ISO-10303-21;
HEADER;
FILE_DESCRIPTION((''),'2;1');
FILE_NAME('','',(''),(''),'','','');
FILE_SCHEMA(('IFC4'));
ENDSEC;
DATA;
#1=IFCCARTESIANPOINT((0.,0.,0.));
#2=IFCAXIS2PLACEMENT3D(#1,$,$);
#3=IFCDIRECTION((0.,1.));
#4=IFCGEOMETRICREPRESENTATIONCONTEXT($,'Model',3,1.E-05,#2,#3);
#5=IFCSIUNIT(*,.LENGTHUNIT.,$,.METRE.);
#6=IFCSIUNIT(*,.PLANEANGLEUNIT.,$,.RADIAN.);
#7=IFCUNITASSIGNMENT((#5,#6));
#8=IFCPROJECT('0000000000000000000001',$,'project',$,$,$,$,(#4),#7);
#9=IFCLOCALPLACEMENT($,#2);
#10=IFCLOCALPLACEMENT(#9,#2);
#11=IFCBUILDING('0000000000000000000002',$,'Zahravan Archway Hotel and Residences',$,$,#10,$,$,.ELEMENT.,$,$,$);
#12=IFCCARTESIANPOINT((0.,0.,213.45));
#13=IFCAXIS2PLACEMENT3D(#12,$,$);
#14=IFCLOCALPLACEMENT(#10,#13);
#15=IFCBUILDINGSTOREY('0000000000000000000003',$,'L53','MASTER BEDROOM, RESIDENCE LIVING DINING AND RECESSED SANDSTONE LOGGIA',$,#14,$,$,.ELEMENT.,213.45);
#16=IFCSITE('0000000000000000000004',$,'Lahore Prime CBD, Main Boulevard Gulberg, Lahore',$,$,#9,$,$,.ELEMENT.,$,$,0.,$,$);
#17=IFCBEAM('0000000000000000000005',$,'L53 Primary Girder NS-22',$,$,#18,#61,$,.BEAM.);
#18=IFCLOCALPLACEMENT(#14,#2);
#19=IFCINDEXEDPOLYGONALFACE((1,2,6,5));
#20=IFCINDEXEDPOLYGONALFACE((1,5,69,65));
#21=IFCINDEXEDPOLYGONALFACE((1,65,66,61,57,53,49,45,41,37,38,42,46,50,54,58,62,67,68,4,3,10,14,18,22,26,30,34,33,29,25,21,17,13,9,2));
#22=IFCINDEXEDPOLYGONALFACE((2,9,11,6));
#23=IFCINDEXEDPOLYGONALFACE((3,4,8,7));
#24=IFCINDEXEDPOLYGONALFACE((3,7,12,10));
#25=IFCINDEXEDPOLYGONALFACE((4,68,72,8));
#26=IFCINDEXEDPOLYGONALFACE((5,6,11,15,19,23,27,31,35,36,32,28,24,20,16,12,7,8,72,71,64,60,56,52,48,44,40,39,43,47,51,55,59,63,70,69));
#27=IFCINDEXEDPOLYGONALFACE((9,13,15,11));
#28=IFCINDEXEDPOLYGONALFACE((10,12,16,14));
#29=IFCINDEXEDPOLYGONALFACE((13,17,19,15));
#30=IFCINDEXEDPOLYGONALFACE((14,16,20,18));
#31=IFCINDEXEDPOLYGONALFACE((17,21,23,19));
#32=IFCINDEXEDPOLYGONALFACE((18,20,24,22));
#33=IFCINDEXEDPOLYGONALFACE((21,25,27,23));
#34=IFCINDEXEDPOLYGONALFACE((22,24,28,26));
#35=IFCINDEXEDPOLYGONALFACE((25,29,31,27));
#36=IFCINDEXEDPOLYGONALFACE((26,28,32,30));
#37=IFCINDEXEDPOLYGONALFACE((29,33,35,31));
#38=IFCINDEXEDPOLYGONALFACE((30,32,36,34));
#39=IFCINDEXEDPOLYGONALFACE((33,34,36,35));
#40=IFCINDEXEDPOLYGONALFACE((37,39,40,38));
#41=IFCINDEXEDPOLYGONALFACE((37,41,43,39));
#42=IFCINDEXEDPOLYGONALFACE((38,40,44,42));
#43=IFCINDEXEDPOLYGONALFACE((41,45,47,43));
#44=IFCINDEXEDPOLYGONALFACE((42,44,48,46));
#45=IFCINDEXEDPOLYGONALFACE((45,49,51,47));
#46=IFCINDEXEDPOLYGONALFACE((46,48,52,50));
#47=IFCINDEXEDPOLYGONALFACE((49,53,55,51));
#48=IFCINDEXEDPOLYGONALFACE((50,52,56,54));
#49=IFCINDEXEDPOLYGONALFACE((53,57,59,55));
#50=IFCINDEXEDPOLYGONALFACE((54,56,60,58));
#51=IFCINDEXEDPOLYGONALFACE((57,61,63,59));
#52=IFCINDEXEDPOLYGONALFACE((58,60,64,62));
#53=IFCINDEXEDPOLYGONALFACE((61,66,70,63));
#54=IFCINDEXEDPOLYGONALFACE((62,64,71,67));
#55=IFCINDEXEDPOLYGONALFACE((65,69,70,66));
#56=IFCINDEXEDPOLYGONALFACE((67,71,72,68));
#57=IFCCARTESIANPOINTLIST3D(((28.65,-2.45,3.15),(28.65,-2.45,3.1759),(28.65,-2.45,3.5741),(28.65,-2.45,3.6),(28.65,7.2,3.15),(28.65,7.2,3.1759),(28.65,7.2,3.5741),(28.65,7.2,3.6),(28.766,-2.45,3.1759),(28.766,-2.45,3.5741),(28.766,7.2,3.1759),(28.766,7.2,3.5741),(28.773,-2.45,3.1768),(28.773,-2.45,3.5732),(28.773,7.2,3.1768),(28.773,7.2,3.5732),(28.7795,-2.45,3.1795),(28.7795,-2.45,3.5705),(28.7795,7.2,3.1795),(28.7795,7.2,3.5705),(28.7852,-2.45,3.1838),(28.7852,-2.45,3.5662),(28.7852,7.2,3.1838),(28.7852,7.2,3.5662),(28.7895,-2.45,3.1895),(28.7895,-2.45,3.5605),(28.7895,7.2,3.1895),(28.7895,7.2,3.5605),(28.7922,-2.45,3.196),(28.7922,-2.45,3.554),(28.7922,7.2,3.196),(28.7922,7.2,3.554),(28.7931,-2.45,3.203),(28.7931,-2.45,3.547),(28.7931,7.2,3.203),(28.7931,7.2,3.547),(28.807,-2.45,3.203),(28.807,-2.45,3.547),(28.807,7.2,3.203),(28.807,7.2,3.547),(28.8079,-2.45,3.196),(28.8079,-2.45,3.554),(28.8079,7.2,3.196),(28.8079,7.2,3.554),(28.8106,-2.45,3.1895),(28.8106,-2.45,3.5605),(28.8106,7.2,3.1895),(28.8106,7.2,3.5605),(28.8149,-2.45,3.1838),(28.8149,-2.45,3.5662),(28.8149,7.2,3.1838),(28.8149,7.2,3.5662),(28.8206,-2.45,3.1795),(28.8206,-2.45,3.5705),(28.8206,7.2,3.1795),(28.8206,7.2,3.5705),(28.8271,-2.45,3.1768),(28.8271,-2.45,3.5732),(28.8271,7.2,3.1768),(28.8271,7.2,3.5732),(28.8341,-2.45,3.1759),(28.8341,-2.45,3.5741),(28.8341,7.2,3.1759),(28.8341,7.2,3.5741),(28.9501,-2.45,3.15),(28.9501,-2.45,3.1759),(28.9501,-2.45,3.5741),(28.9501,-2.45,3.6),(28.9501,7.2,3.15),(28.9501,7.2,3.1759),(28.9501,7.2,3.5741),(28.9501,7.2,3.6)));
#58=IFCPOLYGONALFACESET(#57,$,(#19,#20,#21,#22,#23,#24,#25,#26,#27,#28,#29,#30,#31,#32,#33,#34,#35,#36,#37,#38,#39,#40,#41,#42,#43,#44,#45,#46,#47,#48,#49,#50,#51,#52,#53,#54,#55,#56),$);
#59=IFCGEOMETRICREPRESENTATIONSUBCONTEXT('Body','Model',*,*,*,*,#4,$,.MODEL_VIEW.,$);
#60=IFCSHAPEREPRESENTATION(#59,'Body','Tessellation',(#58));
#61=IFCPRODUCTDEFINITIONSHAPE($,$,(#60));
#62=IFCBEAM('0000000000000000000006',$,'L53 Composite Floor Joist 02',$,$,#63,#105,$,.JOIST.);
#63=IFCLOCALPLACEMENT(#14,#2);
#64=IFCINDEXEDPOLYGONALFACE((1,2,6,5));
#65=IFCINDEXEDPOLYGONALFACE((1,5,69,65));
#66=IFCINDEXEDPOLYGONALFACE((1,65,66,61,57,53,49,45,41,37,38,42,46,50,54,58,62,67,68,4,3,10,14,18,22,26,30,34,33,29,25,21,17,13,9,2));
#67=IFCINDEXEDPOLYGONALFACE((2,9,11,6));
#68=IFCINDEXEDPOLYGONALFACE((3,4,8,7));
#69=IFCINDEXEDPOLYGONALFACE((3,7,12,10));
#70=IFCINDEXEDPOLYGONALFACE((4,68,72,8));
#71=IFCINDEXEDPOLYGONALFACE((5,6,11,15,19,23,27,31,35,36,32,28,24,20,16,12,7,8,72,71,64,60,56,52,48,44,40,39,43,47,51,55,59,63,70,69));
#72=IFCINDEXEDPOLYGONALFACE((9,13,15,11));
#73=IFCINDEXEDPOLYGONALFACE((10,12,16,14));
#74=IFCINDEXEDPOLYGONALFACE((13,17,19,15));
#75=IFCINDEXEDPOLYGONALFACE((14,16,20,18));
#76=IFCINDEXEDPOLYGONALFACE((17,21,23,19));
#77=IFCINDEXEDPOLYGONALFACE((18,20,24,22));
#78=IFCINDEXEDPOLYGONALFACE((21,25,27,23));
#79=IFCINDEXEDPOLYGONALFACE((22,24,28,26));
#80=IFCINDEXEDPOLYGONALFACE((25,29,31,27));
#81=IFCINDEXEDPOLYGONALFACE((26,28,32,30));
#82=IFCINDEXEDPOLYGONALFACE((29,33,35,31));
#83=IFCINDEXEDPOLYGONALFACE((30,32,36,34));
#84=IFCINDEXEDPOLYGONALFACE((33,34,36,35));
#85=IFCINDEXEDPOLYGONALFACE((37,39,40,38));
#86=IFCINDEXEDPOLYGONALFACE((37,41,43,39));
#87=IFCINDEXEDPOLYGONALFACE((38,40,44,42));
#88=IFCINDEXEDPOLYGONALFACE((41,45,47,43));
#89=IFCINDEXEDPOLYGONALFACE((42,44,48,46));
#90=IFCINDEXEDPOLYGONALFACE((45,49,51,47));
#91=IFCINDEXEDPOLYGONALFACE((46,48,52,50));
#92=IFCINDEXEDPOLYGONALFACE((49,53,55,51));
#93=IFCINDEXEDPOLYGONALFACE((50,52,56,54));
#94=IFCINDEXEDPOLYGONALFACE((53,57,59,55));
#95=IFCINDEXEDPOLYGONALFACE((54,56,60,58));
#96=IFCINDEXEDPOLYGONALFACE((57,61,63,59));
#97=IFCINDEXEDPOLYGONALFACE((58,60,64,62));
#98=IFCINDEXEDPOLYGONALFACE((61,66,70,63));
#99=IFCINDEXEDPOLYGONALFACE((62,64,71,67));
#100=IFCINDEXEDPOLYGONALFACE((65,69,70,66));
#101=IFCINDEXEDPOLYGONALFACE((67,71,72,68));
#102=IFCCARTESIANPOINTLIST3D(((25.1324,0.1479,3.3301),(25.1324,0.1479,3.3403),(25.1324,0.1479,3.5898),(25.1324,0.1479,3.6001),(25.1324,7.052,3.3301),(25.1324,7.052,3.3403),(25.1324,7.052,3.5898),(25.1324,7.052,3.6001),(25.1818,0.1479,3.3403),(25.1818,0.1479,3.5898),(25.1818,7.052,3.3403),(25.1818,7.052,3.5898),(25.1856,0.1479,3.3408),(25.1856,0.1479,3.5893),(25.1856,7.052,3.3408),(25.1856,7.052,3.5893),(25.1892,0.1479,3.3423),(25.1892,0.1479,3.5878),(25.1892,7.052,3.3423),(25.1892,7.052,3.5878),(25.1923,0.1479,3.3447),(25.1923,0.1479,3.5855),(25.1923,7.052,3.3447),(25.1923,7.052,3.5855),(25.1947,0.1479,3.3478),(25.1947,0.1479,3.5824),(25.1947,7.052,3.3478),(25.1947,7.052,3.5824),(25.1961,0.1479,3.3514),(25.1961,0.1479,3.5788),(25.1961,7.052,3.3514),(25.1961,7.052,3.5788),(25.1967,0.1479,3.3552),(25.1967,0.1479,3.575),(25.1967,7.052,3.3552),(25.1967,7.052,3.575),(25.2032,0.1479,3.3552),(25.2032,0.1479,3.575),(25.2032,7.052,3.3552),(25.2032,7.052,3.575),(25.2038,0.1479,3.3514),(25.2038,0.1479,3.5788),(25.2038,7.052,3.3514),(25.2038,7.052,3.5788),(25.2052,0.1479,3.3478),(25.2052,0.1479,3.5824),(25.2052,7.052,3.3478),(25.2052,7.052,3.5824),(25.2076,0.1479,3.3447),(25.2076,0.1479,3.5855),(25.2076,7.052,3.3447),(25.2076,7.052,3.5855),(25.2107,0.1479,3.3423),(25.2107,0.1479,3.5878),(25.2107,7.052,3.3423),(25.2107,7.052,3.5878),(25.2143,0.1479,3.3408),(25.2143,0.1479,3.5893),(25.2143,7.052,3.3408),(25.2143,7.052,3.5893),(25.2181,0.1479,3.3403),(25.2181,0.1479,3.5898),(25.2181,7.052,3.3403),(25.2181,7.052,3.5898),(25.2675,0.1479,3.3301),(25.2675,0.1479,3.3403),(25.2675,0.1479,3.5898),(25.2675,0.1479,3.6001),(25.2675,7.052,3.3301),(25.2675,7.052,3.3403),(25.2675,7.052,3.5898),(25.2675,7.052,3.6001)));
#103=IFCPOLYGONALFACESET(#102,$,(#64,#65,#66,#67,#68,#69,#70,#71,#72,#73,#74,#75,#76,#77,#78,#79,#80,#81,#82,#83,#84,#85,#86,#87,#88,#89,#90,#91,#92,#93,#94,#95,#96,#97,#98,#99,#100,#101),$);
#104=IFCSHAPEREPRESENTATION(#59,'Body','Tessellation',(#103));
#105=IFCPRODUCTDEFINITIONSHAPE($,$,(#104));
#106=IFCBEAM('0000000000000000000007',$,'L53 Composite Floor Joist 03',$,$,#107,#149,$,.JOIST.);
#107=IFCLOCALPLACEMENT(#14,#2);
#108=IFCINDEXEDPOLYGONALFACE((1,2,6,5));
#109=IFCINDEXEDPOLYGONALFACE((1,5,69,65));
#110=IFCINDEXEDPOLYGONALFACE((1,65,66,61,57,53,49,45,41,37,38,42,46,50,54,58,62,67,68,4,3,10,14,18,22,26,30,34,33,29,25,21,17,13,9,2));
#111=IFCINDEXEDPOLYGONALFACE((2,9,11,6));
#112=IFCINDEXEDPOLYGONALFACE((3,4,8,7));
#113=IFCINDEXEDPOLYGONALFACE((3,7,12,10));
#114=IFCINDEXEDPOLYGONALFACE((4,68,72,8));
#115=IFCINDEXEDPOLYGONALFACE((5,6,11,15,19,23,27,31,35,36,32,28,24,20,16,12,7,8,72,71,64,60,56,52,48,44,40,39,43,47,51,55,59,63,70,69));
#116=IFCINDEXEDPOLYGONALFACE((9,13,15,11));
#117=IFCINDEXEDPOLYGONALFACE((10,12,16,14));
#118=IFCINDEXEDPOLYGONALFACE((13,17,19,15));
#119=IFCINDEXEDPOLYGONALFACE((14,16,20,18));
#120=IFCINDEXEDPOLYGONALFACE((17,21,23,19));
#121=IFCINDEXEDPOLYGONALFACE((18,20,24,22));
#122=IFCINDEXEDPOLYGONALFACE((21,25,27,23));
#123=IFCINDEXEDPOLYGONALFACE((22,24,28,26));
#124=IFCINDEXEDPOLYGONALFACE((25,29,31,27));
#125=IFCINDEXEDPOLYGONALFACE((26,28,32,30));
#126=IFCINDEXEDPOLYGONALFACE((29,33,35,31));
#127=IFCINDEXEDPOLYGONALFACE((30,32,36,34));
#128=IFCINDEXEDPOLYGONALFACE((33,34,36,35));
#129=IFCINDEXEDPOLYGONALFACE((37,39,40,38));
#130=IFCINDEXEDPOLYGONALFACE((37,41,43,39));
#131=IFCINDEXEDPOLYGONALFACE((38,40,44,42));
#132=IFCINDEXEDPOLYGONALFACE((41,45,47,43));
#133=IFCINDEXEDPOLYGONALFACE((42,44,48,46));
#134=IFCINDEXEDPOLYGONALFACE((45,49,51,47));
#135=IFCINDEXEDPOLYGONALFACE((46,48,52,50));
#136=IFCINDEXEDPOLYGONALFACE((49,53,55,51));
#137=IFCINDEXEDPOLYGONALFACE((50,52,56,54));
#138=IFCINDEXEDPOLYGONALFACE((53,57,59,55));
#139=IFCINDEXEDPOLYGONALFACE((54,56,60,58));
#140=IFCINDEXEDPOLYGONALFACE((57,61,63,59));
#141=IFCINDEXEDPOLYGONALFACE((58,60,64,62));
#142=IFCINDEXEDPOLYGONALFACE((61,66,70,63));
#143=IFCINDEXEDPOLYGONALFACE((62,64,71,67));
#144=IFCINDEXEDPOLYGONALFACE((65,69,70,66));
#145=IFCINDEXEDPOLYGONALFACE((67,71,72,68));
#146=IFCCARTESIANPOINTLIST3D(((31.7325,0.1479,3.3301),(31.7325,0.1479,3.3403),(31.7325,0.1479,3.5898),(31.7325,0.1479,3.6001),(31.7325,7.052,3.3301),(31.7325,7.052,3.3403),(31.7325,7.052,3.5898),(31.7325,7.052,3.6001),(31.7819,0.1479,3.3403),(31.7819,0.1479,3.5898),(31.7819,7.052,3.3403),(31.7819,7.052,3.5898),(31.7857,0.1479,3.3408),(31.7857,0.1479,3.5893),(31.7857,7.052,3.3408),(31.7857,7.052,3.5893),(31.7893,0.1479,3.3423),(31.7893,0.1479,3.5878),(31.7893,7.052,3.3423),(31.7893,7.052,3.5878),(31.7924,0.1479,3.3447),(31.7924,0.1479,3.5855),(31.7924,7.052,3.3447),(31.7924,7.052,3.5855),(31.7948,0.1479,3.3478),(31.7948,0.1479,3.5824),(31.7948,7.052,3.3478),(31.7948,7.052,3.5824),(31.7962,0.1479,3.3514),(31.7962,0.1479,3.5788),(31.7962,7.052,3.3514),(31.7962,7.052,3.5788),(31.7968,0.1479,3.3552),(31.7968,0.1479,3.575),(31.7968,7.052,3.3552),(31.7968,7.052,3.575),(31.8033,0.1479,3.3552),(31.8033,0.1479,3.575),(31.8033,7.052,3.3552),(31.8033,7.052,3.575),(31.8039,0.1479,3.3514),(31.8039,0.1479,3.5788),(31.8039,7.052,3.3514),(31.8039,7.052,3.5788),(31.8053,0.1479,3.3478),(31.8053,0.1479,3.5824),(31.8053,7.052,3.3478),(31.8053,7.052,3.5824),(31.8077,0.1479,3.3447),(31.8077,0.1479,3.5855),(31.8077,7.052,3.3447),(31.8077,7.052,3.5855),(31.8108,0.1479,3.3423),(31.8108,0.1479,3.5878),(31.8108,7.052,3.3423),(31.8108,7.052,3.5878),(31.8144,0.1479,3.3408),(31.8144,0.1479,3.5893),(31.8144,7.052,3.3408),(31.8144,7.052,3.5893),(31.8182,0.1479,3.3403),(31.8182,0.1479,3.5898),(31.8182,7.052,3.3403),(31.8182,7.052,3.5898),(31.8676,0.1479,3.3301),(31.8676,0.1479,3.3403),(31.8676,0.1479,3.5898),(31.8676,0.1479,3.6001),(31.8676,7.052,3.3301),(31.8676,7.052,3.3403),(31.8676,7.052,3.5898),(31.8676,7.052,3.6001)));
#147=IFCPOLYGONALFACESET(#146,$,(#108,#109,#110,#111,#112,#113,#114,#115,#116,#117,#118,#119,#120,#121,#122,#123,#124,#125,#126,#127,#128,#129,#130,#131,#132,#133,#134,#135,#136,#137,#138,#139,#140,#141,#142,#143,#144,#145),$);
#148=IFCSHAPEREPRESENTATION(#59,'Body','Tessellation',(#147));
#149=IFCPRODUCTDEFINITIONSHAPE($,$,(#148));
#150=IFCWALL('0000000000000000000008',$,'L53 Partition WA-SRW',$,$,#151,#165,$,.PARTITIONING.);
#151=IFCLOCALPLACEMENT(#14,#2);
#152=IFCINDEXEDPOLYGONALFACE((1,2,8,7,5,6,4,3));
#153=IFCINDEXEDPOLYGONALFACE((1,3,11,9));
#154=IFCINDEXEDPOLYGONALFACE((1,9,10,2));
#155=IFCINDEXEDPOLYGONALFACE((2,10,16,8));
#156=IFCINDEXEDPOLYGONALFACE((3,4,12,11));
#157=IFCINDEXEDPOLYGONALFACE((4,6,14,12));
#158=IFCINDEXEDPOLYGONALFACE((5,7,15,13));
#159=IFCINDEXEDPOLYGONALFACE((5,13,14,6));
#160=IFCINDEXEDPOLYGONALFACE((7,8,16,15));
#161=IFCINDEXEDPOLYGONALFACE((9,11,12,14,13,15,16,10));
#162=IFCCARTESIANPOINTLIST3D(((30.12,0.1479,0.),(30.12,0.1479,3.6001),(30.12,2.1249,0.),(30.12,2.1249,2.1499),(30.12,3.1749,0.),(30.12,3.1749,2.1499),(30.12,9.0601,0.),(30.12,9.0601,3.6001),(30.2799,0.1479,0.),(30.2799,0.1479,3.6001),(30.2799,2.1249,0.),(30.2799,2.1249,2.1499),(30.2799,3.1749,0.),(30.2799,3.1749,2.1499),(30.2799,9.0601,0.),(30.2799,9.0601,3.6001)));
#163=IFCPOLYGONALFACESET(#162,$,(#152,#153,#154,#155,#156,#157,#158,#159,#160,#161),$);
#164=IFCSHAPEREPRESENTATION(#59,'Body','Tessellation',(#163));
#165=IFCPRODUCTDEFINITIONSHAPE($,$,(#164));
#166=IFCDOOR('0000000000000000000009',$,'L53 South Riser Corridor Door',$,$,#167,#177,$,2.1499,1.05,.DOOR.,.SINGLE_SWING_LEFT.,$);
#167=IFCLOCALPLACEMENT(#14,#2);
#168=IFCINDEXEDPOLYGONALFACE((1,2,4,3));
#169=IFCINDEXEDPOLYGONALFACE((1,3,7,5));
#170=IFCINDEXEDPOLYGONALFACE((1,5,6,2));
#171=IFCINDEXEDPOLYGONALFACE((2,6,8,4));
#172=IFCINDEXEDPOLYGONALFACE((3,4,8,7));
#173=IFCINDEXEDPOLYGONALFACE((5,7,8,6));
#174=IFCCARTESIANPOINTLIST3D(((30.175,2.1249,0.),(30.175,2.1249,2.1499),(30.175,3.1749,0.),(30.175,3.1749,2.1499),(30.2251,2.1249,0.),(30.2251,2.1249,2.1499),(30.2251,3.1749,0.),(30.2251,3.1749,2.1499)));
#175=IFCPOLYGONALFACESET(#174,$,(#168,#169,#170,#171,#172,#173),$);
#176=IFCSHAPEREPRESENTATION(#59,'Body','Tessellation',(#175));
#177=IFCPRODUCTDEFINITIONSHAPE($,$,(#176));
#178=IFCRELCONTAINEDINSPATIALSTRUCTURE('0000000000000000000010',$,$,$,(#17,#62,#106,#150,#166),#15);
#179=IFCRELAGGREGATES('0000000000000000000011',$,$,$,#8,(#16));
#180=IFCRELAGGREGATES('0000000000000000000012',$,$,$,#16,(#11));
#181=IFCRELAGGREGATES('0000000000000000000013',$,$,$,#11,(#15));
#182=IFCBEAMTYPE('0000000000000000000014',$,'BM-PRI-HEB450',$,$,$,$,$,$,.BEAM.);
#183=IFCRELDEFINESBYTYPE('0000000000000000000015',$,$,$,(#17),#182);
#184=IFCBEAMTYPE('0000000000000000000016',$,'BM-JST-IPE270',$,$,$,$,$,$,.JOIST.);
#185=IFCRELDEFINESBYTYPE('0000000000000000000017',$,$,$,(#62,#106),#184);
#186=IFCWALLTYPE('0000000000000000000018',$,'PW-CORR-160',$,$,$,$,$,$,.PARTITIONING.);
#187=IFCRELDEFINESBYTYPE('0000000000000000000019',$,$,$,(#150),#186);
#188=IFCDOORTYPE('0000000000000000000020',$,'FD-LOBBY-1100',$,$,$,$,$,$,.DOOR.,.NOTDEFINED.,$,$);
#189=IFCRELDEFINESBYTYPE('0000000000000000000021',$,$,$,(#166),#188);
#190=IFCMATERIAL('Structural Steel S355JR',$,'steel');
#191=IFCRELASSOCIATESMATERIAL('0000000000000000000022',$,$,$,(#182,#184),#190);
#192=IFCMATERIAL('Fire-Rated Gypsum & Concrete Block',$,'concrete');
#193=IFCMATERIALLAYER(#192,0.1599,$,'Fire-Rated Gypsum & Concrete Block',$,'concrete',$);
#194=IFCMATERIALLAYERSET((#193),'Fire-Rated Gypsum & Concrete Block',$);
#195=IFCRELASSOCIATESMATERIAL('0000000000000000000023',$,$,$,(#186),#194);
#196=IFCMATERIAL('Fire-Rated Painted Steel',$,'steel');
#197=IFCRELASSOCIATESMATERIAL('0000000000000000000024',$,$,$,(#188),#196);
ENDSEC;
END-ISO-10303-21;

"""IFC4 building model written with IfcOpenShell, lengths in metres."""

from ifc_helpers import new_model, si_unit, direction, frame, frame_2d, origin, origin_2d, place, context, subcontext, project, spatial, rectangle, i_section, extrude, source, transform, mapped, material, layer, layer_set, material_profile, profile_set, type_object, type_shapes, element, fill, save


model = new_model("IFC4")

# Units and contexts
model_context = context("Model", 3, precision=1e-05, world=origin(), true_north=direction((0.0, 1.0)))
body_context = subcontext(model_context, "Body", "Model", "MODEL_VIEW")
ifc_project = project(units=[si_unit("LENGTHUNIT", "METRE"), si_unit("PLANEANGLEUNIT", "RADIAN")], contexts=[model_context])

# Site, building, storey
site_placement = place(None, origin())
site = spatial("IfcSite", under=ifc_project, at=site_placement, Name="Lahore Prime CBD, Main Boulevard Gulberg, Lahore", CompositionType="ELEMENT", RefElevation=0.0)
building_placement = place(site_placement, origin())
building = spatial("IfcBuilding", under=site, at=building_placement, Name="Zahravan Archway Hotel and Residences", CompositionType="ELEMENT")
storey_placement = place(building_placement, frame((0.0, 0.0, 213.45)))
storey = spatial("IfcBuildingStorey", under=building, at=storey_placement, Name="L53", Description="MASTER BEDROOM, RESIDENCE LIVING DINING AND RECESSED SANDSTONE LOGGIA", CompositionType="ELEMENT", Elevation=213.45)

# Beams
ifc_material_1 = material(Name="Structural Steel S355JR", Category="steel")
ifc_material_profile_1 = material_profile(ifc_material_1, i_section(OverallWidth=0.3, OverallDepth=0.45, WebThickness=0.0139, FlangeThickness=0.0259, FilletRadius=0.0271, at=origin_2d()), Name="HEB 450", Category="steel")
ifc_profile_set_1 = profile_set([ifc_material_profile_1], Name="Structural Steel S355JR")
beam_type_1 = type_object("IfcBeamType", Name="BM-PRI-HEB450", PredefinedType="BEAM", material=ifc_profile_set_1)
shared_shape_1 = source(origin(), body_context, "Body", "SweptSolid", [
    extrude(i_section(OverallWidth=0.3, OverallDepth=0.45, WebThickness=0.0139, FlangeThickness=0.0259, FilletRadius=0.0271, at=origin_2d()), origin(), (0.0, 0.0, 1.0), 9.6499),
])
for number, where, z_axis, x_axis, name in (
    (1, (28.8, -2.45, 3.375), (0.0, 1.0, 0.0), (-1.0, 0.0, 0.0), "L53 Primary Girder NS-22"),
):
    element("IfcBeam", number, at=place(storey_placement, frame(where, z_axis=z_axis, x_axis=x_axis)), inside=storey, type_object=beam_type_1, Name=name, PredefinedType="BEAM", context=body_context, shape_type="MappedRepresentation", body=[
        mapped(shared_shape_1, transform((0.0, 0.0, 0.0), scale=1.0)),
    ])
ifc_material_profile_2 = material_profile(ifc_material_1, i_section(OverallWidth=0.135, OverallDepth=0.27, WebThickness=0.0066, FlangeThickness=0.0103, FilletRadius=0.0149, at=origin_2d()), Name="IPE 270", Category="steel")
ifc_profile_set_2 = profile_set([ifc_material_profile_2], Name="Structural Steel S355JR")
beam_type_2 = type_object("IfcBeamType", Name="BM-JST-IPE270", PredefinedType="JOIST", material=ifc_profile_set_2)
shared_shape_2 = source(origin(), body_context, "Body", "SweptSolid", [
    extrude(i_section(OverallWidth=0.135, OverallDepth=0.27, WebThickness=0.0066, FlangeThickness=0.0103, FilletRadius=0.0149, at=origin_2d()), origin(), (0.0, 0.0, 1.0), 6.9041),
])
type_shapes(beam_type_2, [shared_shape_2])
for number, where, z_axis, x_axis, name in (
    (2, (25.2, 0.1479, 3.4651), (0.0, 1.0, 0.0), (-1.0, 0.0, 0.0), "L53 Composite Floor Joist 02"),
    (3, (31.8, 0.1479, 3.4651), (0.0, 1.0, 0.0), (-1.0, 0.0, 0.0), "L53 Composite Floor Joist 03"),
):
    element("IfcBeam", number, at=place(storey_placement, frame(where, z_axis=z_axis, x_axis=x_axis)), inside=storey, type_object=beam_type_2, Name=name, PredefinedType="JOIST", context=body_context, shape_type="MappedRepresentation", body=[
        mapped(shared_shape_2, transform((0.0, 0.0, 0.0), scale=1.0)),
    ])

# Wall, opening, door
ifc_material_2 = material(Name="Fire-Rated Gypsum & Concrete Block", Category="concrete")
ifc_layer_1 = layer(ifc_material_2, 0.1599, Name="Fire-Rated Gypsum & Concrete Block", Category="concrete")
ifc_layer_set_1 = layer_set([ifc_layer_1], Name="Fire-Rated Gypsum & Concrete Block")
wall_type_1 = type_object("IfcWallType", Name="PW-CORR-160", PredefinedType="PARTITIONING", material=ifc_layer_set_1)
wall_1_placement = place(storey_placement, frame((30.2, 0.1479, 0.0), z_axis=(0.0, 0.0, 1.0), x_axis=(0.0, 1.0, 0.0)))
wall_1 = element("IfcWall", 4, at=wall_1_placement, inside=storey, type_object=wall_type_1, Name="L53 Partition WA-SRW", PredefinedType="PARTITIONING", context=body_context, shape_type="SweptSolid", body=[
    extrude(rectangle(XDim=8.9121, YDim=0.1599, at=frame_2d((4.4561, 0.0))), origin(), (0.0, 0.0, 1.0), 3.6001),
])
opening_1_placement = place(wall_1_placement, frame((1.9771, 0.0, 0.0)))
opening_1 = element("IfcOpeningElement", 5, at=opening_1_placement, cuts=wall_1, PredefinedType="OPENING", context=body_context, shape_type="SweptSolid", body=[
    extrude(rectangle(XDim=1.05, YDim=2.1499, at=frame_2d((0.5249, 1.075))), frame((0.0, 0.0898, 0.0), z_axis=(0.0, -1.0, 0.0), x_axis=(1.0, 0.0, 0.0)), (0.0, 0.0, 1.0), 0.1799),
])
ifc_material_3 = material(Name="Fire-Rated Painted Steel", Category="steel")
door_type_1 = type_object("IfcDoorType", Name="FD-LOBBY-1100", OperationType="NOTDEFINED", PredefinedType="DOOR", material=ifc_material_3)
shared_shape_3 = source(origin(), body_context, "Body", "SweptSolid", [
    extrude(rectangle(XDim=1.05, YDim=2.1499, at=frame_2d((0.5249, 1.075))), frame((0.0, 0.0249, 0.0), z_axis=(0.0, -1.0, 0.0), x_axis=(1.0, 0.0, 0.0)), (0.0, 0.0, 1.0), 0.05),
])
type_shapes(door_type_1, [shared_shape_3])
door_1_placement = place(opening_1_placement, origin())
door_1 = element("IfcDoor", 6, at=door_1_placement, inside=storey, type_object=door_type_1, Name="L53 South Riser Corridor Door", OperationType="SINGLE_SWING_LEFT", OverallHeight=2.1499, OverallWidth=1.05, PredefinedType="DOOR", context=body_context, shape_type="MappedRepresentation", body=[
    mapped(shared_shape_3, transform((0.0, 0.0, 0.0), scale=1.0)),
])
fill(opening_1, door_1)

save(model, "model.ifc")
